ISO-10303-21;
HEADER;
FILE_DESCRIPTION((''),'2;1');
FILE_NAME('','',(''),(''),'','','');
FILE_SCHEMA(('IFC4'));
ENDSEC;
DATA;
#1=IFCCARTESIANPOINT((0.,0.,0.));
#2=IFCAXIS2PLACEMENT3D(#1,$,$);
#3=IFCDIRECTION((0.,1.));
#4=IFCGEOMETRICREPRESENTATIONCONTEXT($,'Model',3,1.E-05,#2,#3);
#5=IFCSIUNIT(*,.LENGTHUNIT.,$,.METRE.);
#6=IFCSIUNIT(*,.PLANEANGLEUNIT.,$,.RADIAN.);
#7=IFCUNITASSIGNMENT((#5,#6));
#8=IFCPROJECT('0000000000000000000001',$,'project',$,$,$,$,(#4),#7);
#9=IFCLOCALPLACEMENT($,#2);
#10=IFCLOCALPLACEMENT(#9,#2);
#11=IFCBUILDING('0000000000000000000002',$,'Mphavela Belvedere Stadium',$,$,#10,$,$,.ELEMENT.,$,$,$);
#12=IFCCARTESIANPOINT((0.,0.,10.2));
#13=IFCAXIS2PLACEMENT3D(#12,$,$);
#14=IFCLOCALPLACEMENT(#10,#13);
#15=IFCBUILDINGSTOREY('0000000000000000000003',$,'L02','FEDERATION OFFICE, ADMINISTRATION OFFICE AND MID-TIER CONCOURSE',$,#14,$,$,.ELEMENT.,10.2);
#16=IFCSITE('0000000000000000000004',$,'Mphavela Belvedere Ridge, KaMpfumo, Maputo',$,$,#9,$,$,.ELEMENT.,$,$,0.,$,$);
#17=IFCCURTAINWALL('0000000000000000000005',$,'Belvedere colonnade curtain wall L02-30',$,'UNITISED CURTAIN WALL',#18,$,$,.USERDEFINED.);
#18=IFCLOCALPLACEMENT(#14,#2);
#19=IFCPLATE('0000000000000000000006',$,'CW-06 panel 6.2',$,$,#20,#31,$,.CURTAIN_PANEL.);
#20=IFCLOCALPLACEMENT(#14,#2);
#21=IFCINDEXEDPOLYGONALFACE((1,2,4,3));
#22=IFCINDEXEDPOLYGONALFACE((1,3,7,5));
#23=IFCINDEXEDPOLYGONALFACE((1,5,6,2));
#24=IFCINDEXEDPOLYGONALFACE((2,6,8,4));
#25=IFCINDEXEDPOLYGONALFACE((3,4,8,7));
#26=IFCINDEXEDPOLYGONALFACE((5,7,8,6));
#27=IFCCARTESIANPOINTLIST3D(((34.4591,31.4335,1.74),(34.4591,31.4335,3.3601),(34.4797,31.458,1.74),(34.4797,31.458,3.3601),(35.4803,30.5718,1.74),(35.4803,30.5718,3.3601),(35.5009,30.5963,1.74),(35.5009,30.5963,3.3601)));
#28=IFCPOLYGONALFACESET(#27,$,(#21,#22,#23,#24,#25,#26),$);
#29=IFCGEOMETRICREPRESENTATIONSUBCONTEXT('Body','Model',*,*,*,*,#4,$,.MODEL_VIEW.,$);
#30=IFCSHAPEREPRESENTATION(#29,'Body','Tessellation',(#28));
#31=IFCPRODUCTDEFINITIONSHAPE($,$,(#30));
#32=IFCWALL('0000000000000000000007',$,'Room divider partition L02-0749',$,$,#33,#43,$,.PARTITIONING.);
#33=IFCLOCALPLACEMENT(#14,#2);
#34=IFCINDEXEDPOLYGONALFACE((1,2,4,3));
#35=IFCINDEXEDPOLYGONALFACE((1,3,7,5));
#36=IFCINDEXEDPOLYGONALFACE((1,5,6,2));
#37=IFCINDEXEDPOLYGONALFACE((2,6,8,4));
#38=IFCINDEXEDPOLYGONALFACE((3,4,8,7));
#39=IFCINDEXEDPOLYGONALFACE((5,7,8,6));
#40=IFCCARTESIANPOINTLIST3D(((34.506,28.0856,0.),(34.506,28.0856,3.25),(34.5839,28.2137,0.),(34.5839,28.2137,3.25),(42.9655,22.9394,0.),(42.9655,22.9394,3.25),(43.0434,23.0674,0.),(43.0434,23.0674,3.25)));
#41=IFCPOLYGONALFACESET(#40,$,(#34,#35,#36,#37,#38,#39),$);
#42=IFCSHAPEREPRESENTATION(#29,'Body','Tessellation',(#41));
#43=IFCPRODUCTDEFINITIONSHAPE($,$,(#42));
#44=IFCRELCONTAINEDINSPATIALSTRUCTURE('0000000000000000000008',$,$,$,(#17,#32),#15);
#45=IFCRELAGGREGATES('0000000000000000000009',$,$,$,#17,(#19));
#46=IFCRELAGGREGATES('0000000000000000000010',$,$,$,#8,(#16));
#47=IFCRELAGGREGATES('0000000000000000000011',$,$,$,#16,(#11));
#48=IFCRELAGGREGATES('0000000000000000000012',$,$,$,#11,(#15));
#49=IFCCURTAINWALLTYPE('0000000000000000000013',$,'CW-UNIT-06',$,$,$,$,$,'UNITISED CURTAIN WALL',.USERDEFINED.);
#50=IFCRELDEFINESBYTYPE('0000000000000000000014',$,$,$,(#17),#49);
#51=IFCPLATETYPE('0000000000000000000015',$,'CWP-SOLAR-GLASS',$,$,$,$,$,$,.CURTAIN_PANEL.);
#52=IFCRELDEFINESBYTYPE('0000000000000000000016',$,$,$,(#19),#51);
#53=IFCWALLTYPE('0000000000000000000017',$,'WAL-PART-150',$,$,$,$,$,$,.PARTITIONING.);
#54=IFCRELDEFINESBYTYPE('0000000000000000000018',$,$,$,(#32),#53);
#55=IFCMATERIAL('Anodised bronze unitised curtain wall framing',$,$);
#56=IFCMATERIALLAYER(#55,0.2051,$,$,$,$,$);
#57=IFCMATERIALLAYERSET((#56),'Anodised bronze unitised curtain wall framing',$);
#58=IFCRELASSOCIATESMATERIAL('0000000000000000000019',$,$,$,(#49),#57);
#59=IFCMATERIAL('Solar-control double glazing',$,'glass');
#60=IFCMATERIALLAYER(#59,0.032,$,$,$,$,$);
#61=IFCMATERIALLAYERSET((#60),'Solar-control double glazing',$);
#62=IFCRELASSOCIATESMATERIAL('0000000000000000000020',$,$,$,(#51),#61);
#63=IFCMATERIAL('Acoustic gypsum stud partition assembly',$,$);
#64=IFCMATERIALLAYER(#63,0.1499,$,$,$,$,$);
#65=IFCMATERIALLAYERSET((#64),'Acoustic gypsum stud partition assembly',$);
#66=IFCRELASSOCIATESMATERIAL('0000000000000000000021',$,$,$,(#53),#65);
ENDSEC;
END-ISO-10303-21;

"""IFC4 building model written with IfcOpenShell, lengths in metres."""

from ifc_helpers import new_model, si_unit, direction, frame, frame_2d, origin, origin_2d, place, context, subcontext, project, spatial, rectangle, extrude, material, layer, layer_set, type_object, element, aggregate, save


model = new_model("IFC4")

# Units and contexts
model_context = context("Model", 3, precision=1e-05, world=origin(), true_north=direction((0.0, 1.0)))
body_context = subcontext(model_context, "Body", "Model", "MODEL_VIEW")
ifc_project = project(units=[si_unit("LENGTHUNIT", "METRE"), si_unit("PLANEANGLEUNIT", "RADIAN")], contexts=[model_context])

# Site, building, storey
site_placement = place(None, origin())
site = spatial("IfcSite", under=ifc_project, at=site_placement, Name="Mphavela Belvedere Ridge, KaMpfumo, Maputo", CompositionType="ELEMENT", RefElevation=0.0)
building_placement = place(site_placement, origin())
building = spatial("IfcBuilding", under=site, at=building_placement, Name="Mphavela Belvedere Stadium", CompositionType="ELEMENT")
storey_placement = place(building_placement, frame((0.0, 0.0, 10.2)))
storey = spatial("IfcBuildingStorey", under=building, at=storey_placement, Name="L02", Description="FEDERATION OFFICE, ADMINISTRATION OFFICE AND MID-TIER CONCOURSE", CompositionType="ELEMENT", Elevation=10.2)

# Curtain wall
ifc_material_1 = material(Name="Anodised bronze unitised curtain wall framing")
ifc_layer_1 = layer(ifc_material_1, 0.2051)
ifc_layer_set_1 = layer_set([ifc_layer_1], Name="Anodised bronze unitised curtain wall framing")
curtain_wall_type_1 = type_object("IfcCurtainWallType", Name="CW-UNIT-06", ElementType="UNITISED CURTAIN WALL", PredefinedType="USERDEFINED", material=ifc_layer_set_1)
curtain_wall_1_placement = place(storey_placement, origin())
curtain_wall_1 = element("IfcCurtainWall", 1, at=curtain_wall_1_placement, inside=storey, type_object=curtain_wall_type_1, Name="Belvedere colonnade curtain wall L02-30", ObjectType="UNITISED CURTAIN WALL", PredefinedType="USERDEFINED")

# Plate
ifc_material_2 = material(Name="Solar-control double glazing", Category="glass")
ifc_layer_2 = layer(ifc_material_2, 0.032)
ifc_layer_set_2 = layer_set([ifc_layer_2], Name="Solar-control double glazing")
plate_type = type_object("IfcPlateType", Name="CWP-SOLAR-GLASS", PredefinedType="CURTAIN_PANEL", material=ifc_layer_set_2)
plate_1_placement = place(storey_placement, frame((34.98, 31.0149, 1.74), z_axis=(0.0, 0.0, 1.0), x_axis=(0.764261, -0.644907, 0.0)))
plate_1 = element("IfcPlate", 2, at=plate_1_placement, type_object=plate_type, Name="CW-06 panel 6.2", PredefinedType="CURTAIN_PANEL", context=body_context, shape_type="SweptSolid", body=[
    extrude(rectangle(XDim=1.3362, YDim=0.032, at=origin_2d()), origin(), (0.0, 0.0, 1.0), 1.6201),
])
aggregate(curtain_wall_1, [plate_1])

# Wall
ifc_material_3 = material(Name="Acoustic gypsum stud partition assembly")
ifc_layer_3 = layer(ifc_material_3, 0.1499)
ifc_layer_set_3 = layer_set([ifc_layer_3], Name="Acoustic gypsum stud partition assembly")
wall_type = type_object("IfcWallType", Name="WAL-PART-150", PredefinedType="PARTITIONING", material=ifc_layer_set_3)
wall_placement = place(storey_placement, frame((34.5449, 28.1497, 0.0), z_axis=(0.0, 0.0, 1.0), x_axis=(0.854333, -0.519726, 0.0)))
element("IfcWall", 3, at=wall_placement, inside=storey, type_object=wall_type, Name="Room divider partition L02-0749", PredefinedType="PARTITIONING", context=body_context, shape_type="SweptSolid", body=[
    extrude(rectangle(XDim=9.9019, YDim=0.1499, at=frame_2d((4.9509, 0.0))), origin(), (0.0, 0.0, 1.0), 3.25),
])

save(model, "model.ifc")
